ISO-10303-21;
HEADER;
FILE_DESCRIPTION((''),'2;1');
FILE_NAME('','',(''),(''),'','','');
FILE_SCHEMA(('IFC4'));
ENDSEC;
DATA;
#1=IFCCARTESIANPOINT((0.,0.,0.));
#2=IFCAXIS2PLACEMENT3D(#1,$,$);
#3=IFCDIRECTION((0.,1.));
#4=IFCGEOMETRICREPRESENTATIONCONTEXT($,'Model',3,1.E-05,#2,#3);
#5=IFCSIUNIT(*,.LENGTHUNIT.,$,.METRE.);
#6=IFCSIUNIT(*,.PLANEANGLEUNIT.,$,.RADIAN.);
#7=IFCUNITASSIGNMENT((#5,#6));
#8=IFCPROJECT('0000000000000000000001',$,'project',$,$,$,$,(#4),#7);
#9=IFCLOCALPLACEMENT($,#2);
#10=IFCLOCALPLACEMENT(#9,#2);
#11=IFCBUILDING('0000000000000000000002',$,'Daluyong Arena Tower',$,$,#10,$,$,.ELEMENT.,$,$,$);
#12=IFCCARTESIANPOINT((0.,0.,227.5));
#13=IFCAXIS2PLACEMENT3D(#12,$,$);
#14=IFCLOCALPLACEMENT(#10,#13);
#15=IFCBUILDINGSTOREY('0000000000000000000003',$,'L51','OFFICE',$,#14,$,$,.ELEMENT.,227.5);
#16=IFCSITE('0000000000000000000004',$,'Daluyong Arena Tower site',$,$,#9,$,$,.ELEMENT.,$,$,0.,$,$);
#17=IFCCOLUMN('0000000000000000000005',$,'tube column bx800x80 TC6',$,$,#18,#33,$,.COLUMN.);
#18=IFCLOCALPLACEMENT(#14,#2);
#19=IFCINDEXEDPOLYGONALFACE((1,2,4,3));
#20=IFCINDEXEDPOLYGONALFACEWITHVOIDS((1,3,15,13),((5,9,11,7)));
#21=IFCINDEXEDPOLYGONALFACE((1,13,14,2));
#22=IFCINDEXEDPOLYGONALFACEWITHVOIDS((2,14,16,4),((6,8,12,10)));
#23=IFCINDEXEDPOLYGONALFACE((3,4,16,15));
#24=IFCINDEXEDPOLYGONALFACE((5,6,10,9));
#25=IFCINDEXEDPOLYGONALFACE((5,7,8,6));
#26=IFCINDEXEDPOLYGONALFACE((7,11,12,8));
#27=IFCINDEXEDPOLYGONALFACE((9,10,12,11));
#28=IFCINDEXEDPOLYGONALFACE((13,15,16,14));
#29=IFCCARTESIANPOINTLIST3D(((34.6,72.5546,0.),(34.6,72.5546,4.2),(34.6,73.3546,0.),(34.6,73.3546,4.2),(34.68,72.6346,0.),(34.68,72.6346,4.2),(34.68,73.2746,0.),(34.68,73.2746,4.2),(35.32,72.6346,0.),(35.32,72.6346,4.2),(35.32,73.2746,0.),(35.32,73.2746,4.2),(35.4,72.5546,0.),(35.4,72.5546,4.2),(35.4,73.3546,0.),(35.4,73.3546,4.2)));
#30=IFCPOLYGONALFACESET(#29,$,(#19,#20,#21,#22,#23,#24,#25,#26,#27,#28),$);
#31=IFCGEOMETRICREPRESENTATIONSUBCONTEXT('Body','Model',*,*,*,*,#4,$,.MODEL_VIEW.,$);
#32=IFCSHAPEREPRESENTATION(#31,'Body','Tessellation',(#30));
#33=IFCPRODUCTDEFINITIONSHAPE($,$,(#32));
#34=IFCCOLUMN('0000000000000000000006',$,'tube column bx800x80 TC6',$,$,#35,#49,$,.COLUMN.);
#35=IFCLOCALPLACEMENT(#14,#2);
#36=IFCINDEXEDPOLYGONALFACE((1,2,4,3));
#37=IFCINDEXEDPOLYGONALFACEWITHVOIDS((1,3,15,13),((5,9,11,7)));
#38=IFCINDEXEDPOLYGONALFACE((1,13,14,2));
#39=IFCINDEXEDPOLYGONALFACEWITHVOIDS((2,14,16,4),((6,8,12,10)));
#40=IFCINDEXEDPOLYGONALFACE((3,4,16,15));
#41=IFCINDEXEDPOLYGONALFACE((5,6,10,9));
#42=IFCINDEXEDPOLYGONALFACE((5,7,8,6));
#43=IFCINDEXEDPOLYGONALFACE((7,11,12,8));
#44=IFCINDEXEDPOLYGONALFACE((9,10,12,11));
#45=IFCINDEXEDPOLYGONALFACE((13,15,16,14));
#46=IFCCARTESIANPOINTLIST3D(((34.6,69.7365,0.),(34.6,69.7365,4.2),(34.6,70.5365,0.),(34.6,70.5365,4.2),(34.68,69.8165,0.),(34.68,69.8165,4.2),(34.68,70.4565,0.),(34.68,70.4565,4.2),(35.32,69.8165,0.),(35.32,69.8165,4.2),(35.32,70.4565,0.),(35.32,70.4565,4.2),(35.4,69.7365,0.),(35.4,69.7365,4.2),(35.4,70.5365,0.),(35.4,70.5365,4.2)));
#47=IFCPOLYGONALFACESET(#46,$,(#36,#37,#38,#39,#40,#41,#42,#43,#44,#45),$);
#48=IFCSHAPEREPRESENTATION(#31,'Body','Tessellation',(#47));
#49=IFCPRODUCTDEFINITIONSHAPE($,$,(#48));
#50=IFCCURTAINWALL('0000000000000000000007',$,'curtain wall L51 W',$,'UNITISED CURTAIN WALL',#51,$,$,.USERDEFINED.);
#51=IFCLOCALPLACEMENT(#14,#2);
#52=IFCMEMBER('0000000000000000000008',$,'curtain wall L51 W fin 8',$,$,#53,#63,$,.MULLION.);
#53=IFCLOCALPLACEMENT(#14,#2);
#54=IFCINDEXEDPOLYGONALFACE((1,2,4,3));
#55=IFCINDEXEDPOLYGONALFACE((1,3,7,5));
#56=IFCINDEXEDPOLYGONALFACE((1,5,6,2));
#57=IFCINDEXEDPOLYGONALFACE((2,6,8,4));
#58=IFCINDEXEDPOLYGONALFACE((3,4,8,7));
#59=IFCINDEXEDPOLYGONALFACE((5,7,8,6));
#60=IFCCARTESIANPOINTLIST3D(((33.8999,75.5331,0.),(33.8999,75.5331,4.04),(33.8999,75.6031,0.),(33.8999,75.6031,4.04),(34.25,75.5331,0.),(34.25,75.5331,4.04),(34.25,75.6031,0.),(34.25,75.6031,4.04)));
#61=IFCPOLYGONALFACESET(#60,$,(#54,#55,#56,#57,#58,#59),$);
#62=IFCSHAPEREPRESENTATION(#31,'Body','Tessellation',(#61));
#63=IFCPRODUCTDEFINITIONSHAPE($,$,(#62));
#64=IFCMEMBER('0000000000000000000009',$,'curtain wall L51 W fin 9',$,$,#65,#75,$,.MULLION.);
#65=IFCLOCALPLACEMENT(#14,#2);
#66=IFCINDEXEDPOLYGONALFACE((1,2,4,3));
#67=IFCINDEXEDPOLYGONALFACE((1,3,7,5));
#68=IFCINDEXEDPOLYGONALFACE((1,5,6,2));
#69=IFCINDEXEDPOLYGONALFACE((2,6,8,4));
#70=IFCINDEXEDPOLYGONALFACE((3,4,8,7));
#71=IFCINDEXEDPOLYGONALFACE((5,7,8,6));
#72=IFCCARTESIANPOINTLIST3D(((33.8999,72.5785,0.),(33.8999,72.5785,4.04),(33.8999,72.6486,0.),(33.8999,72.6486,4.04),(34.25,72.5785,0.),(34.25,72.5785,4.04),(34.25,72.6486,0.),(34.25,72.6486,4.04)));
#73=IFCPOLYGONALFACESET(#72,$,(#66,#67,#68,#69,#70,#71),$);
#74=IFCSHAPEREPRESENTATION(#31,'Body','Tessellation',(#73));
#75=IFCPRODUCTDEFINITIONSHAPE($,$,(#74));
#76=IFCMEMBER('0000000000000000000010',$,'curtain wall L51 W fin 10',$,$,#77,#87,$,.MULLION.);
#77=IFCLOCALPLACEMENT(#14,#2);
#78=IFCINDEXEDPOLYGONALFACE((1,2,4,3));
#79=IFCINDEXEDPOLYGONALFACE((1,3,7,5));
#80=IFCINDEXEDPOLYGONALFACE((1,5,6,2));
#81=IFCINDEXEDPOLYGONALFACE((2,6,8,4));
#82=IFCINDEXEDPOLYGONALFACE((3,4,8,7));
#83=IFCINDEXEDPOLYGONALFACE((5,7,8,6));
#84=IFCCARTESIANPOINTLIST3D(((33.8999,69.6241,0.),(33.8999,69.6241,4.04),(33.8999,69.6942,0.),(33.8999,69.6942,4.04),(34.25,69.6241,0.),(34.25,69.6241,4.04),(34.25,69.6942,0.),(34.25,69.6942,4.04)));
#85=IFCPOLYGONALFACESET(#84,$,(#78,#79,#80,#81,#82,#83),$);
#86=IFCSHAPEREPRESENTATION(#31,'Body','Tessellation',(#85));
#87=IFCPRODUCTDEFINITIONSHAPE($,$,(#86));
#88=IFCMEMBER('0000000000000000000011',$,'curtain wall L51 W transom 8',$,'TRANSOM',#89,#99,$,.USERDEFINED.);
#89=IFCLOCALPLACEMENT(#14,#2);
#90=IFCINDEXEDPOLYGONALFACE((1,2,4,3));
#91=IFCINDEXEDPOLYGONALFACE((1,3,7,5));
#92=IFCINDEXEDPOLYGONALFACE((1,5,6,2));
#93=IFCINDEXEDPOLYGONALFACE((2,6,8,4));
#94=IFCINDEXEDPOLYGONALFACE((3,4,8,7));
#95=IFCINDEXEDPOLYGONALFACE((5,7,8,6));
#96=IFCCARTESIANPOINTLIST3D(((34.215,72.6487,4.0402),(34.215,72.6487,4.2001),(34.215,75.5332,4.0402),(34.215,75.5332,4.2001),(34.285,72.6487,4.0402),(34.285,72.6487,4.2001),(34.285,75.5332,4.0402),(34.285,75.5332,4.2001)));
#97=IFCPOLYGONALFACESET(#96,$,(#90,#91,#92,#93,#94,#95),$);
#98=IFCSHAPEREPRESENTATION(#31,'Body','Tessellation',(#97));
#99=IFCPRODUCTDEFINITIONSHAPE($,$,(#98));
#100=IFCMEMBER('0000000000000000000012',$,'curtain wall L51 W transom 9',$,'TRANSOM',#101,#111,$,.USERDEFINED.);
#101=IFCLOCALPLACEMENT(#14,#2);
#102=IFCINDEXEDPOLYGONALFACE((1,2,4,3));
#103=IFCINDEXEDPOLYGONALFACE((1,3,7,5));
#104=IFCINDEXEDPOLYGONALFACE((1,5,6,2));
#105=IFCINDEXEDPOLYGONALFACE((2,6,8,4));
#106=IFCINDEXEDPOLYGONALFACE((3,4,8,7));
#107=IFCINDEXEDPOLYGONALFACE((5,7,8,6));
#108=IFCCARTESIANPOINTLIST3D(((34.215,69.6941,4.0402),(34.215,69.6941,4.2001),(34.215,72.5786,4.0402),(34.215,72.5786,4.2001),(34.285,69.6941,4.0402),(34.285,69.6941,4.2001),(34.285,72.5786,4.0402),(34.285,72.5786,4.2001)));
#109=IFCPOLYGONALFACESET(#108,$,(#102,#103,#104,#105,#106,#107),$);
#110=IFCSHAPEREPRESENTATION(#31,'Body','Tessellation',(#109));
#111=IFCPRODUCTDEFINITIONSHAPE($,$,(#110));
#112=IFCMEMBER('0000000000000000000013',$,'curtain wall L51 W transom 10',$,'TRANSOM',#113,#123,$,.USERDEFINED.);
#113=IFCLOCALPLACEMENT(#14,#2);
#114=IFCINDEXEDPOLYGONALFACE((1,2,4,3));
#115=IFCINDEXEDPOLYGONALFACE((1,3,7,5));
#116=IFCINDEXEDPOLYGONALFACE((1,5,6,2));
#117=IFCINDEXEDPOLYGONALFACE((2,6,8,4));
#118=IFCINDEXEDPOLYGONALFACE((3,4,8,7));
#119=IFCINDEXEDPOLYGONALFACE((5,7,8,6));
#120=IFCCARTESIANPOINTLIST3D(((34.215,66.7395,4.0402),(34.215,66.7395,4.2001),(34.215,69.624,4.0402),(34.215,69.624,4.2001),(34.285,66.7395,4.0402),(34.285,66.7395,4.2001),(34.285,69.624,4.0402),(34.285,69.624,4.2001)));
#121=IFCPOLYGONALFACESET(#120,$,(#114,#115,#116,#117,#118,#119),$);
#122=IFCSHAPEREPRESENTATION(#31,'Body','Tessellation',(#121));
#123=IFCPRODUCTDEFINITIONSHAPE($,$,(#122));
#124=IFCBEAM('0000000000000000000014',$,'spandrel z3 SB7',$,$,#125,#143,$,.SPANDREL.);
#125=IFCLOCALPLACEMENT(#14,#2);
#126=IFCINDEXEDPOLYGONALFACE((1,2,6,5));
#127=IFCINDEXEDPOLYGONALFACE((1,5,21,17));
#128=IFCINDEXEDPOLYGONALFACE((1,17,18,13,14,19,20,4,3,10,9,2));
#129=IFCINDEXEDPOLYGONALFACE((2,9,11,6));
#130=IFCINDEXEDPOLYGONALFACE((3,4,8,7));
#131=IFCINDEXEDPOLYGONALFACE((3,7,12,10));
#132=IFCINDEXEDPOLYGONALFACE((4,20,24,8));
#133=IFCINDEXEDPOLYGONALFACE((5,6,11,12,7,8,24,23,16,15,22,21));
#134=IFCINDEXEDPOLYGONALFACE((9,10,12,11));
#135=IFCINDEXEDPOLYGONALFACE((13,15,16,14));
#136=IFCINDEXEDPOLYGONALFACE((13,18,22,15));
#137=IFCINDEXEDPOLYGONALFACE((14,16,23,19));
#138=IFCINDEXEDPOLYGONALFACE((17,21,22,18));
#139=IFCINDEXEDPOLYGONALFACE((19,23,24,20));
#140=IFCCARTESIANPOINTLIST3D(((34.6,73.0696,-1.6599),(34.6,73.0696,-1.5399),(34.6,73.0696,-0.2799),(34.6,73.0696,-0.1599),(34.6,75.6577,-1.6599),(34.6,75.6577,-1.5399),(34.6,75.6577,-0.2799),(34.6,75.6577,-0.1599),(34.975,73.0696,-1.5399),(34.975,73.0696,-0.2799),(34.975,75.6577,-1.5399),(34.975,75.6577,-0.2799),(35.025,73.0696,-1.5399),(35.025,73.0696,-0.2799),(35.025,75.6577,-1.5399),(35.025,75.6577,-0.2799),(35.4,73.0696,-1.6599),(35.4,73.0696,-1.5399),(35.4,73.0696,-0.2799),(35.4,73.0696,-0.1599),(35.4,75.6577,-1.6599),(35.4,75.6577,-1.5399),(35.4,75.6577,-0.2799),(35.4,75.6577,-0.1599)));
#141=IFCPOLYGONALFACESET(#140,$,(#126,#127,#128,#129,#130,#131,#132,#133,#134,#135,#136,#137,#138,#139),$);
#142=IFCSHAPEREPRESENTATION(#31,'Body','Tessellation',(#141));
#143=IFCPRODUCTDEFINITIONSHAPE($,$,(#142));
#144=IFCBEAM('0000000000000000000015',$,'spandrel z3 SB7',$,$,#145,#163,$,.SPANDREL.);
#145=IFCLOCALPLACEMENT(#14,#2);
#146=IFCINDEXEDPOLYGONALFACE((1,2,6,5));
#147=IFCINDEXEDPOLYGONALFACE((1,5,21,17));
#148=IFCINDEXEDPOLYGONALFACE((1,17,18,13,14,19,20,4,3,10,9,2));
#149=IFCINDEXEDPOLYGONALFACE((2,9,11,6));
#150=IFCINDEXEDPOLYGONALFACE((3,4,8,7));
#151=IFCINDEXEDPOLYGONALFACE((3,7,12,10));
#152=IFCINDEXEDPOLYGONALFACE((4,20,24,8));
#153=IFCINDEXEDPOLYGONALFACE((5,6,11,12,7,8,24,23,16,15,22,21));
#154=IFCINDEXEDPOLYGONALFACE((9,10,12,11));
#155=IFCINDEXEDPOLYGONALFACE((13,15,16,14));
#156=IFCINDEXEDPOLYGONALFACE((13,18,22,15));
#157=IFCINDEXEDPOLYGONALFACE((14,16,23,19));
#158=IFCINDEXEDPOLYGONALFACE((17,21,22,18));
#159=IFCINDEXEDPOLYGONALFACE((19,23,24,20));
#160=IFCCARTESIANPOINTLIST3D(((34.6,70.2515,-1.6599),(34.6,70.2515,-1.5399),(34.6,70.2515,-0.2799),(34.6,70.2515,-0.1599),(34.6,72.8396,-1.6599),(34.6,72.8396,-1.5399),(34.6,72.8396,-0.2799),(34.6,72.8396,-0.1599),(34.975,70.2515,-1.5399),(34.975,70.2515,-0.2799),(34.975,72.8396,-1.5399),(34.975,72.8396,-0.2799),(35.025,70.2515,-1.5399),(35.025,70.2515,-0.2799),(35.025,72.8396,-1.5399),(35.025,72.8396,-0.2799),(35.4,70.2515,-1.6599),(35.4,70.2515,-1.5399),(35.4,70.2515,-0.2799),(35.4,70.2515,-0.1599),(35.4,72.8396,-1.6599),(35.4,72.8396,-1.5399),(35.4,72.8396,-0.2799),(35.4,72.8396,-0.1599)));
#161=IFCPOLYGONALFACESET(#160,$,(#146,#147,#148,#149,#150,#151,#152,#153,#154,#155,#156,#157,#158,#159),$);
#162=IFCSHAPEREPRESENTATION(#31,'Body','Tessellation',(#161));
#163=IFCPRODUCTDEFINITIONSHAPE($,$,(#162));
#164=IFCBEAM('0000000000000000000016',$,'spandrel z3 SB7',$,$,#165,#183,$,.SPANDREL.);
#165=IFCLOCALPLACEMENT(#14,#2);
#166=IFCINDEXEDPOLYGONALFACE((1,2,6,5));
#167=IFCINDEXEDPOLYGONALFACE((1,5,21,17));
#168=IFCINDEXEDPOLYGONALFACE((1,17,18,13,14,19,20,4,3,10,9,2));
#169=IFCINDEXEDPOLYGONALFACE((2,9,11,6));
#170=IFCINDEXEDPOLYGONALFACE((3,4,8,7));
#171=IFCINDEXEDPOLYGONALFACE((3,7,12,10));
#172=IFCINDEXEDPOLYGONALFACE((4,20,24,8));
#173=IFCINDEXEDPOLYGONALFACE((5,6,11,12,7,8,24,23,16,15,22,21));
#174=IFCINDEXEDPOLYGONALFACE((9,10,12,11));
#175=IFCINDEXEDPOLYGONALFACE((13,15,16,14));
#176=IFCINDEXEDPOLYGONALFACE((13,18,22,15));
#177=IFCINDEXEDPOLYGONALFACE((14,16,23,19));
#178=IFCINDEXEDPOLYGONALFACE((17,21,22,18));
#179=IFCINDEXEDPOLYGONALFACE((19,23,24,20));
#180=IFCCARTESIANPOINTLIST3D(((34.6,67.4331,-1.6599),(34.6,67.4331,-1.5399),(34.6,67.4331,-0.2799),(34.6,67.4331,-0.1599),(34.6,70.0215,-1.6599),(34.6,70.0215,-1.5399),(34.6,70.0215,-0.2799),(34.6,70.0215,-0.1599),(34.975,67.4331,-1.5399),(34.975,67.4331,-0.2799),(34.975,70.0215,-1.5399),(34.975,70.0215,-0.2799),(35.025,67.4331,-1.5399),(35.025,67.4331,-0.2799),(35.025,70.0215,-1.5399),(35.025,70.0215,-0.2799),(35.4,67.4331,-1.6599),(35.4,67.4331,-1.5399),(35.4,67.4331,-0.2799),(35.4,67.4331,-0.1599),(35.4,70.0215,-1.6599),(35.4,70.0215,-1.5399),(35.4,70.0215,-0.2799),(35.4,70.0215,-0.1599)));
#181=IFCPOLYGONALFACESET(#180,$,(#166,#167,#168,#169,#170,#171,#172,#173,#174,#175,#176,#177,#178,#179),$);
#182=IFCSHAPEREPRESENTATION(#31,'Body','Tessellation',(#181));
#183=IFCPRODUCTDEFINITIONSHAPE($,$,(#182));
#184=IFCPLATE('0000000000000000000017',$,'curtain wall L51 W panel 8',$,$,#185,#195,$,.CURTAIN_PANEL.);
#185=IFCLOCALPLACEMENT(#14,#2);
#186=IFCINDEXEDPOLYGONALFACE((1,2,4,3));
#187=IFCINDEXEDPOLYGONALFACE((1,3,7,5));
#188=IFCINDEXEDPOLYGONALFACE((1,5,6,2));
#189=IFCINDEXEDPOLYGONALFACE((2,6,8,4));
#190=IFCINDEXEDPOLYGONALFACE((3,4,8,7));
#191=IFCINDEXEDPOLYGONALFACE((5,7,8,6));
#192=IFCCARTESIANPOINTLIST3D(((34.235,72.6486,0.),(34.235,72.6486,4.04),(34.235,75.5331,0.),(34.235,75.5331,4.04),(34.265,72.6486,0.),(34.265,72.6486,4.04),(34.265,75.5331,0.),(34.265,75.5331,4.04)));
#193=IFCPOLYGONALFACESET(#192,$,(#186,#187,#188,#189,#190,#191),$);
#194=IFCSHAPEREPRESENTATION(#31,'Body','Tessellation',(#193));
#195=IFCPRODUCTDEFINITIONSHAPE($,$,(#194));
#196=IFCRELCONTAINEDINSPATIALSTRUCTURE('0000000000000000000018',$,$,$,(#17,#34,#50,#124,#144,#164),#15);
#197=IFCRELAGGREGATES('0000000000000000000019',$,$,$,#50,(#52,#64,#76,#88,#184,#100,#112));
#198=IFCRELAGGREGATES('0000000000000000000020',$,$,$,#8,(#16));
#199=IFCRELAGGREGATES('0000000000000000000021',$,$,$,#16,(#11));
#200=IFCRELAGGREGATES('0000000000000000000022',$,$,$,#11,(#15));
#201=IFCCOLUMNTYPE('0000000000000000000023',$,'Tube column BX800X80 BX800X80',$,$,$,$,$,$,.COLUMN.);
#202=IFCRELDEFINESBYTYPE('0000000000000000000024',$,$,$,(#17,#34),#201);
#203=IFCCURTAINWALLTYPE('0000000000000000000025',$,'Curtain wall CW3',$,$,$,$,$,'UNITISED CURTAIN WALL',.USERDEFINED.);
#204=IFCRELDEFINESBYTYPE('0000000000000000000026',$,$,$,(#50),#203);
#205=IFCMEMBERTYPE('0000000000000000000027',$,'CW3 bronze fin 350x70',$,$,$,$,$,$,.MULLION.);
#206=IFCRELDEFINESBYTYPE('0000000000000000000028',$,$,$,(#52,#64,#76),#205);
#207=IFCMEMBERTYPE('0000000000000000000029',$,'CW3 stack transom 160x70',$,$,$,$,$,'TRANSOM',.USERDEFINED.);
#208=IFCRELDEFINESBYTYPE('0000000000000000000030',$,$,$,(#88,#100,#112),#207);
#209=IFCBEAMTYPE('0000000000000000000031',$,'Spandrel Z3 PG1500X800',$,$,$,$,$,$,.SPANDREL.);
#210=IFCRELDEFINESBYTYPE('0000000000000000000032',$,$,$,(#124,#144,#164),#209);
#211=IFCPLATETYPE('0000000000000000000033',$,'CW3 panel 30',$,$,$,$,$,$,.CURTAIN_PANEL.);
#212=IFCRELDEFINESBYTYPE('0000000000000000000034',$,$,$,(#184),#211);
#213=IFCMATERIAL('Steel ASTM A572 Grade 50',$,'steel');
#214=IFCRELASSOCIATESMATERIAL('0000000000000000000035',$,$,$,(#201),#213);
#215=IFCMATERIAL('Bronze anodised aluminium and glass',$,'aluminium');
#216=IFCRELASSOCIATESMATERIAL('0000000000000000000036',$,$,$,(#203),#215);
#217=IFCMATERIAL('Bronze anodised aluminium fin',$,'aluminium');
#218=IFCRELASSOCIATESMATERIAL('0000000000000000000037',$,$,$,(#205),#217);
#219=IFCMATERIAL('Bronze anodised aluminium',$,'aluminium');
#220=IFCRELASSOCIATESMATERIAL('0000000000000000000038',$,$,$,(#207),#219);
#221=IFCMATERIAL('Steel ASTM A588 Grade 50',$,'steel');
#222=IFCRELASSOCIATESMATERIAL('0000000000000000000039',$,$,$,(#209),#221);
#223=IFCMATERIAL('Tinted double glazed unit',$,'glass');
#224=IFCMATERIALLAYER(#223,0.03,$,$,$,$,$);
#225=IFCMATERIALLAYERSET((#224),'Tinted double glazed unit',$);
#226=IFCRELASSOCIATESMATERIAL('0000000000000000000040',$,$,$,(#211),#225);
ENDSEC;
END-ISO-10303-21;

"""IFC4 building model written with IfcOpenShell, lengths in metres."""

from ifc_helpers import new_model, si_unit, direction, frame, origin, origin_2d, place, context, subcontext, project, spatial, rectangle, hollow_rectangle, i_section, extrude, material, layer, layer_set, material_profile, profile_set, type_object, element, aggregate, save


model = new_model("IFC4")

# Units and contexts
model_context = context("Model", 3, precision=1e-05, world=origin(), true_north=direction((0.0, 1.0)))
body_context = subcontext(model_context, "Body", "Model", "MODEL_VIEW")
ifc_project = project(units=[si_unit("LENGTHUNIT", "METRE"), si_unit("PLANEANGLEUNIT", "RADIAN")], contexts=[model_context])

# Site, building, storey
site_placement = place(None, origin())
site = spatial("IfcSite", under=ifc_project, at=site_placement, Name="Daluyong Arena Tower site", CompositionType="ELEMENT", RefElevation=0.0)
building_placement = place(site_placement, origin())
building = spatial("IfcBuilding", under=site, at=building_placement, Name="Daluyong Arena Tower", CompositionType="ELEMENT")
storey_placement = place(building_placement, frame((0.0, 0.0, 227.5)))
storey = spatial("IfcBuildingStorey", under=building, at=storey_placement, Name="L51", Description="OFFICE", CompositionType="ELEMENT", Elevation=227.5)

# Columns
ifc_material_1 = material(Name="Steel ASTM A572 Grade 50", Category="steel")
ifc_material_profile_1 = material_profile(ifc_material_1, hollow_rectangle(XDim=0.8, YDim=0.8, WallThickness=0.08, at=origin_2d()))
ifc_profile_set_1 = profile_set([ifc_material_profile_1], Name="Steel ASTM A572 Grade 50")
column_type = type_object("IfcColumnType", Name="Tube column BX800X80 BX800X80", PredefinedType="COLUMN", material=ifc_profile_set_1)
for number, where, z_axis, x_axis, name in (
    (1, (35.0, 72.9546, 0.0), (0.0, 0.0, 1.0), (0.0, 1.0, 0.0), "tube column bx800x80 TC6"),
    (2, (35.0, 70.1365, 0.0), (0.0, 0.0, 1.0), (0.0, 1.0, 0.0), "tube column bx800x80 TC6"),
):
    element("IfcColumn", number, at=place(storey_placement, frame(where, z_axis=z_axis, x_axis=x_axis)), inside=storey, type_object=column_type, Name=name, PredefinedType="COLUMN", context=body_context, shape_type="SweptSolid", body=[
        extrude(hollow_rectangle(XDim=0.8, YDim=0.8, WallThickness=0.08, at=origin_2d()), origin(), (0.0, 0.0, 1.0), 4.2),
    ])

# Curtain wall, members
ifc_material_2 = material(Name="Bronze anodised aluminium and glass", Category="aluminium")
curtain_wall_type = type_object("IfcCurtainWallType", Name="Curtain wall CW3", ElementType="UNITISED CURTAIN WALL", PredefinedType="USERDEFINED", material=ifc_material_2)
curtain_wall_placement = place(storey_placement, origin())
curtain_wall = element("IfcCurtainWall", 3, at=curtain_wall_placement, inside=storey, type_object=curtain_wall_type, Name="curtain wall L51 W", ObjectType="UNITISED CURTAIN WALL", PredefinedType="USERDEFINED")
ifc_material_3 = material(Name="Bronze anodised aluminium fin", Category="aluminium")
ifc_material_profile_2 = material_profile(ifc_material_3, rectangle(XDim=0.3501, YDim=0.0701, at=origin_2d()))
ifc_profile_set_2 = profile_set([ifc_material_profile_2], Name="Bronze anodised aluminium fin")
member_type_1 = type_object("IfcMemberType", Name="CW3 bronze fin 350x70", PredefinedType="MULLION", material=ifc_profile_set_2)
member_1_placement = place(storey_placement, frame((34.075, 75.5681, 0.0), z_axis=(0.0, 0.0, 1.0), x_axis=(1.0, 0.0, 0.0)))
member_1 = element("IfcMember", 4, at=member_1_placement, type_object=member_type_1, Name="curtain wall L51 W fin 8", PredefinedType="MULLION", context=body_context, shape_type="SweptSolid", body=[
    extrude(rectangle(XDim=0.3501, YDim=0.0701, at=origin_2d()), origin(), (0.0, 0.0, 1.0), 4.04),
])
member_2_placement = place(storey_placement, frame((34.075, 72.6135, 0.0), z_axis=(0.0, 0.0, 1.0), x_axis=(1.0, 0.0, 0.0)))
member_2 = element("IfcMember", 5, at=member_2_placement, type_object=member_type_1, Name="curtain wall L51 W fin 9", PredefinedType="MULLION", context=body_context, shape_type="SweptSolid", body=[
    extrude(rectangle(XDim=0.3501, YDim=0.0701, at=origin_2d()), origin(), (0.0, 0.0, 1.0), 4.04),
])
member_3_placement = place(storey_placement, frame((34.075, 69.6592, 0.0), z_axis=(0.0, 0.0, 1.0), x_axis=(1.0, 0.0, 0.0)))
member_3 = element("IfcMember", 6, at=member_3_placement, type_object=member_type_1, Name="curtain wall L51 W fin 10", PredefinedType="MULLION", context=body_context, shape_type="SweptSolid", body=[
    extrude(rectangle(XDim=0.3501, YDim=0.0701, at=origin_2d()), origin(), (0.0, 0.0, 1.0), 4.04),
])
ifc_material_4 = material(Name="Bronze anodised aluminium", Category="aluminium")
ifc_material_profile_3 = material_profile(ifc_material_4, rectangle(XDim=0.0701, YDim=0.1599, at=origin_2d()))
ifc_profile_set_3 = profile_set([ifc_material_profile_3], Name="Bronze anodised aluminium")
member_type_2 = type_object("IfcMemberType", Name="CW3 stack transom 160x70", ElementType="TRANSOM", PredefinedType="USERDEFINED", material=ifc_profile_set_3)
member_4_placement = place(storey_placement, frame((34.25, 75.5332, 4.1201), z_axis=(0.0, -1.0, 0.0), x_axis=(1.0, 0.0, 0.0)))
member_4 = element("IfcMember", 7, at=member_4_placement, type_object=member_type_2, Name="curtain wall L51 W transom 8", ObjectType="TRANSOM", PredefinedType="USERDEFINED", context=body_context, shape_type="SweptSolid", body=[
    extrude(rectangle(XDim=0.0701, YDim=0.1599, at=origin_2d()), origin(), (0.0, 0.0, 1.0), 2.8845),
])
member_5_placement = place(storey_placement, frame((34.25, 72.5786, 4.1201), z_axis=(0.0, -1.0, 0.0), x_axis=(1.0, 0.0, 0.0)))
member_5 = element("IfcMember", 8, at=member_5_placement, type_object=member_type_2, Name="curtain wall L51 W transom 9", ObjectType="TRANSOM", PredefinedType="USERDEFINED", context=body_context, shape_type="SweptSolid", body=[
    extrude(rectangle(XDim=0.0701, YDim=0.1599, at=origin_2d()), origin(), (0.0, 0.0, 1.0), 2.8845),
])
member_6_placement = place(storey_placement, frame((34.25, 69.624, 4.1201), z_axis=(0.0, -1.0, 0.0), x_axis=(1.0, 0.0, 0.0)))
member_6 = element("IfcMember", 9, at=member_6_placement, type_object=member_type_2, Name="curtain wall L51 W transom 10", ObjectType="TRANSOM", PredefinedType="USERDEFINED", context=body_context, shape_type="SweptSolid", body=[
    extrude(rectangle(XDim=0.0701, YDim=0.1599, at=origin_2d()), origin(), (0.0, 0.0, 1.0), 2.8845),
])

# Beams
ifc_material_5 = material(Name="Steel ASTM A588 Grade 50", Category="steel")
ifc_material_profile_4 = material_profile(ifc_material_5, i_section(OverallWidth=0.8, OverallDepth=1.5, WebThickness=0.05, FlangeThickness=0.12, at=origin_2d()))
ifc_profile_set_4 = profile_set([ifc_material_profile_4], Name="Steel ASTM A588 Grade 50")
beam_type = type_object("IfcBeamType", Name="Spandrel Z3 PG1500X800", PredefinedType="SPANDREL", material=ifc_profile_set_4)
for number, where, z_axis, x_axis, name in (
    (10, (35.0, 75.6577, -0.9099), (0.0, -1.0, 0.0), (1.0, 0.0, 0.0), "spandrel z3 SB7"),
    (11, (35.0, 72.8396, -0.9099), (0.0, -1.0, 0.0), (1.0, 0.0, 0.0), "spandrel z3 SB7"),
):
    element("IfcBeam", number, at=place(storey_placement, frame(where, z_axis=z_axis, x_axis=x_axis)), inside=storey, type_object=beam_type, Name=name, PredefinedType="SPANDREL", context=body_context, shape_type="SweptSolid", body=[
        extrude(i_section(OverallWidth=0.8, OverallDepth=1.5, WebThickness=0.05, FlangeThickness=0.12, at=origin_2d()), origin(), (0.0, 0.0, 1.0), 2.5881),
    ])
beam_placement = place(storey_placement, frame((35.0, 70.0215, -0.9099), z_axis=(0.0, -1.0, 0.0), x_axis=(1.0, 0.0, 0.0)))
element("IfcBeam", 12, at=beam_placement, inside=storey, type_object=beam_type, Name="spandrel z3 SB7", PredefinedType="SPANDREL", context=body_context, shape_type="SweptSolid", body=[
    extrude(i_section(OverallWidth=0.8, OverallDepth=1.5, WebThickness=0.05, FlangeThickness=0.12, at=origin_2d()), origin(), (0.0, 0.0, 1.0), 2.5884),
])

# Plate
ifc_material_6 = material(Name="Tinted double glazed unit", Category="glass")
ifc_layer = layer(ifc_material_6, 0.03)
ifc_layer_set = layer_set([ifc_layer], Name="Tinted double glazed unit")
plate_type = type_object("IfcPlateType", Name="CW3 panel 30", PredefinedType="CURTAIN_PANEL", material=ifc_layer_set)
plate_1_placement = place(storey_placement, frame((34.25, 74.0908, 0.0), z_axis=(0.0, 0.0, 1.0), x_axis=(0.0, -1.0, 0.0)))
plate_1 = element("IfcPlate", 13, at=plate_1_placement, type_object=plate_type, Name="curtain wall L51 W panel 8", PredefinedType="CURTAIN_PANEL", context=body_context, shape_type="SweptSolid", body=[
    extrude(rectangle(XDim=2.8845, YDim=0.03, at=origin_2d()), origin(), (0.0, 0.0, 1.0), 4.04),
])
aggregate(curtain_wall, [member_1, member_2, member_3, member_4, plate_1, member_5, member_6])

save(model, "model.ifc")
